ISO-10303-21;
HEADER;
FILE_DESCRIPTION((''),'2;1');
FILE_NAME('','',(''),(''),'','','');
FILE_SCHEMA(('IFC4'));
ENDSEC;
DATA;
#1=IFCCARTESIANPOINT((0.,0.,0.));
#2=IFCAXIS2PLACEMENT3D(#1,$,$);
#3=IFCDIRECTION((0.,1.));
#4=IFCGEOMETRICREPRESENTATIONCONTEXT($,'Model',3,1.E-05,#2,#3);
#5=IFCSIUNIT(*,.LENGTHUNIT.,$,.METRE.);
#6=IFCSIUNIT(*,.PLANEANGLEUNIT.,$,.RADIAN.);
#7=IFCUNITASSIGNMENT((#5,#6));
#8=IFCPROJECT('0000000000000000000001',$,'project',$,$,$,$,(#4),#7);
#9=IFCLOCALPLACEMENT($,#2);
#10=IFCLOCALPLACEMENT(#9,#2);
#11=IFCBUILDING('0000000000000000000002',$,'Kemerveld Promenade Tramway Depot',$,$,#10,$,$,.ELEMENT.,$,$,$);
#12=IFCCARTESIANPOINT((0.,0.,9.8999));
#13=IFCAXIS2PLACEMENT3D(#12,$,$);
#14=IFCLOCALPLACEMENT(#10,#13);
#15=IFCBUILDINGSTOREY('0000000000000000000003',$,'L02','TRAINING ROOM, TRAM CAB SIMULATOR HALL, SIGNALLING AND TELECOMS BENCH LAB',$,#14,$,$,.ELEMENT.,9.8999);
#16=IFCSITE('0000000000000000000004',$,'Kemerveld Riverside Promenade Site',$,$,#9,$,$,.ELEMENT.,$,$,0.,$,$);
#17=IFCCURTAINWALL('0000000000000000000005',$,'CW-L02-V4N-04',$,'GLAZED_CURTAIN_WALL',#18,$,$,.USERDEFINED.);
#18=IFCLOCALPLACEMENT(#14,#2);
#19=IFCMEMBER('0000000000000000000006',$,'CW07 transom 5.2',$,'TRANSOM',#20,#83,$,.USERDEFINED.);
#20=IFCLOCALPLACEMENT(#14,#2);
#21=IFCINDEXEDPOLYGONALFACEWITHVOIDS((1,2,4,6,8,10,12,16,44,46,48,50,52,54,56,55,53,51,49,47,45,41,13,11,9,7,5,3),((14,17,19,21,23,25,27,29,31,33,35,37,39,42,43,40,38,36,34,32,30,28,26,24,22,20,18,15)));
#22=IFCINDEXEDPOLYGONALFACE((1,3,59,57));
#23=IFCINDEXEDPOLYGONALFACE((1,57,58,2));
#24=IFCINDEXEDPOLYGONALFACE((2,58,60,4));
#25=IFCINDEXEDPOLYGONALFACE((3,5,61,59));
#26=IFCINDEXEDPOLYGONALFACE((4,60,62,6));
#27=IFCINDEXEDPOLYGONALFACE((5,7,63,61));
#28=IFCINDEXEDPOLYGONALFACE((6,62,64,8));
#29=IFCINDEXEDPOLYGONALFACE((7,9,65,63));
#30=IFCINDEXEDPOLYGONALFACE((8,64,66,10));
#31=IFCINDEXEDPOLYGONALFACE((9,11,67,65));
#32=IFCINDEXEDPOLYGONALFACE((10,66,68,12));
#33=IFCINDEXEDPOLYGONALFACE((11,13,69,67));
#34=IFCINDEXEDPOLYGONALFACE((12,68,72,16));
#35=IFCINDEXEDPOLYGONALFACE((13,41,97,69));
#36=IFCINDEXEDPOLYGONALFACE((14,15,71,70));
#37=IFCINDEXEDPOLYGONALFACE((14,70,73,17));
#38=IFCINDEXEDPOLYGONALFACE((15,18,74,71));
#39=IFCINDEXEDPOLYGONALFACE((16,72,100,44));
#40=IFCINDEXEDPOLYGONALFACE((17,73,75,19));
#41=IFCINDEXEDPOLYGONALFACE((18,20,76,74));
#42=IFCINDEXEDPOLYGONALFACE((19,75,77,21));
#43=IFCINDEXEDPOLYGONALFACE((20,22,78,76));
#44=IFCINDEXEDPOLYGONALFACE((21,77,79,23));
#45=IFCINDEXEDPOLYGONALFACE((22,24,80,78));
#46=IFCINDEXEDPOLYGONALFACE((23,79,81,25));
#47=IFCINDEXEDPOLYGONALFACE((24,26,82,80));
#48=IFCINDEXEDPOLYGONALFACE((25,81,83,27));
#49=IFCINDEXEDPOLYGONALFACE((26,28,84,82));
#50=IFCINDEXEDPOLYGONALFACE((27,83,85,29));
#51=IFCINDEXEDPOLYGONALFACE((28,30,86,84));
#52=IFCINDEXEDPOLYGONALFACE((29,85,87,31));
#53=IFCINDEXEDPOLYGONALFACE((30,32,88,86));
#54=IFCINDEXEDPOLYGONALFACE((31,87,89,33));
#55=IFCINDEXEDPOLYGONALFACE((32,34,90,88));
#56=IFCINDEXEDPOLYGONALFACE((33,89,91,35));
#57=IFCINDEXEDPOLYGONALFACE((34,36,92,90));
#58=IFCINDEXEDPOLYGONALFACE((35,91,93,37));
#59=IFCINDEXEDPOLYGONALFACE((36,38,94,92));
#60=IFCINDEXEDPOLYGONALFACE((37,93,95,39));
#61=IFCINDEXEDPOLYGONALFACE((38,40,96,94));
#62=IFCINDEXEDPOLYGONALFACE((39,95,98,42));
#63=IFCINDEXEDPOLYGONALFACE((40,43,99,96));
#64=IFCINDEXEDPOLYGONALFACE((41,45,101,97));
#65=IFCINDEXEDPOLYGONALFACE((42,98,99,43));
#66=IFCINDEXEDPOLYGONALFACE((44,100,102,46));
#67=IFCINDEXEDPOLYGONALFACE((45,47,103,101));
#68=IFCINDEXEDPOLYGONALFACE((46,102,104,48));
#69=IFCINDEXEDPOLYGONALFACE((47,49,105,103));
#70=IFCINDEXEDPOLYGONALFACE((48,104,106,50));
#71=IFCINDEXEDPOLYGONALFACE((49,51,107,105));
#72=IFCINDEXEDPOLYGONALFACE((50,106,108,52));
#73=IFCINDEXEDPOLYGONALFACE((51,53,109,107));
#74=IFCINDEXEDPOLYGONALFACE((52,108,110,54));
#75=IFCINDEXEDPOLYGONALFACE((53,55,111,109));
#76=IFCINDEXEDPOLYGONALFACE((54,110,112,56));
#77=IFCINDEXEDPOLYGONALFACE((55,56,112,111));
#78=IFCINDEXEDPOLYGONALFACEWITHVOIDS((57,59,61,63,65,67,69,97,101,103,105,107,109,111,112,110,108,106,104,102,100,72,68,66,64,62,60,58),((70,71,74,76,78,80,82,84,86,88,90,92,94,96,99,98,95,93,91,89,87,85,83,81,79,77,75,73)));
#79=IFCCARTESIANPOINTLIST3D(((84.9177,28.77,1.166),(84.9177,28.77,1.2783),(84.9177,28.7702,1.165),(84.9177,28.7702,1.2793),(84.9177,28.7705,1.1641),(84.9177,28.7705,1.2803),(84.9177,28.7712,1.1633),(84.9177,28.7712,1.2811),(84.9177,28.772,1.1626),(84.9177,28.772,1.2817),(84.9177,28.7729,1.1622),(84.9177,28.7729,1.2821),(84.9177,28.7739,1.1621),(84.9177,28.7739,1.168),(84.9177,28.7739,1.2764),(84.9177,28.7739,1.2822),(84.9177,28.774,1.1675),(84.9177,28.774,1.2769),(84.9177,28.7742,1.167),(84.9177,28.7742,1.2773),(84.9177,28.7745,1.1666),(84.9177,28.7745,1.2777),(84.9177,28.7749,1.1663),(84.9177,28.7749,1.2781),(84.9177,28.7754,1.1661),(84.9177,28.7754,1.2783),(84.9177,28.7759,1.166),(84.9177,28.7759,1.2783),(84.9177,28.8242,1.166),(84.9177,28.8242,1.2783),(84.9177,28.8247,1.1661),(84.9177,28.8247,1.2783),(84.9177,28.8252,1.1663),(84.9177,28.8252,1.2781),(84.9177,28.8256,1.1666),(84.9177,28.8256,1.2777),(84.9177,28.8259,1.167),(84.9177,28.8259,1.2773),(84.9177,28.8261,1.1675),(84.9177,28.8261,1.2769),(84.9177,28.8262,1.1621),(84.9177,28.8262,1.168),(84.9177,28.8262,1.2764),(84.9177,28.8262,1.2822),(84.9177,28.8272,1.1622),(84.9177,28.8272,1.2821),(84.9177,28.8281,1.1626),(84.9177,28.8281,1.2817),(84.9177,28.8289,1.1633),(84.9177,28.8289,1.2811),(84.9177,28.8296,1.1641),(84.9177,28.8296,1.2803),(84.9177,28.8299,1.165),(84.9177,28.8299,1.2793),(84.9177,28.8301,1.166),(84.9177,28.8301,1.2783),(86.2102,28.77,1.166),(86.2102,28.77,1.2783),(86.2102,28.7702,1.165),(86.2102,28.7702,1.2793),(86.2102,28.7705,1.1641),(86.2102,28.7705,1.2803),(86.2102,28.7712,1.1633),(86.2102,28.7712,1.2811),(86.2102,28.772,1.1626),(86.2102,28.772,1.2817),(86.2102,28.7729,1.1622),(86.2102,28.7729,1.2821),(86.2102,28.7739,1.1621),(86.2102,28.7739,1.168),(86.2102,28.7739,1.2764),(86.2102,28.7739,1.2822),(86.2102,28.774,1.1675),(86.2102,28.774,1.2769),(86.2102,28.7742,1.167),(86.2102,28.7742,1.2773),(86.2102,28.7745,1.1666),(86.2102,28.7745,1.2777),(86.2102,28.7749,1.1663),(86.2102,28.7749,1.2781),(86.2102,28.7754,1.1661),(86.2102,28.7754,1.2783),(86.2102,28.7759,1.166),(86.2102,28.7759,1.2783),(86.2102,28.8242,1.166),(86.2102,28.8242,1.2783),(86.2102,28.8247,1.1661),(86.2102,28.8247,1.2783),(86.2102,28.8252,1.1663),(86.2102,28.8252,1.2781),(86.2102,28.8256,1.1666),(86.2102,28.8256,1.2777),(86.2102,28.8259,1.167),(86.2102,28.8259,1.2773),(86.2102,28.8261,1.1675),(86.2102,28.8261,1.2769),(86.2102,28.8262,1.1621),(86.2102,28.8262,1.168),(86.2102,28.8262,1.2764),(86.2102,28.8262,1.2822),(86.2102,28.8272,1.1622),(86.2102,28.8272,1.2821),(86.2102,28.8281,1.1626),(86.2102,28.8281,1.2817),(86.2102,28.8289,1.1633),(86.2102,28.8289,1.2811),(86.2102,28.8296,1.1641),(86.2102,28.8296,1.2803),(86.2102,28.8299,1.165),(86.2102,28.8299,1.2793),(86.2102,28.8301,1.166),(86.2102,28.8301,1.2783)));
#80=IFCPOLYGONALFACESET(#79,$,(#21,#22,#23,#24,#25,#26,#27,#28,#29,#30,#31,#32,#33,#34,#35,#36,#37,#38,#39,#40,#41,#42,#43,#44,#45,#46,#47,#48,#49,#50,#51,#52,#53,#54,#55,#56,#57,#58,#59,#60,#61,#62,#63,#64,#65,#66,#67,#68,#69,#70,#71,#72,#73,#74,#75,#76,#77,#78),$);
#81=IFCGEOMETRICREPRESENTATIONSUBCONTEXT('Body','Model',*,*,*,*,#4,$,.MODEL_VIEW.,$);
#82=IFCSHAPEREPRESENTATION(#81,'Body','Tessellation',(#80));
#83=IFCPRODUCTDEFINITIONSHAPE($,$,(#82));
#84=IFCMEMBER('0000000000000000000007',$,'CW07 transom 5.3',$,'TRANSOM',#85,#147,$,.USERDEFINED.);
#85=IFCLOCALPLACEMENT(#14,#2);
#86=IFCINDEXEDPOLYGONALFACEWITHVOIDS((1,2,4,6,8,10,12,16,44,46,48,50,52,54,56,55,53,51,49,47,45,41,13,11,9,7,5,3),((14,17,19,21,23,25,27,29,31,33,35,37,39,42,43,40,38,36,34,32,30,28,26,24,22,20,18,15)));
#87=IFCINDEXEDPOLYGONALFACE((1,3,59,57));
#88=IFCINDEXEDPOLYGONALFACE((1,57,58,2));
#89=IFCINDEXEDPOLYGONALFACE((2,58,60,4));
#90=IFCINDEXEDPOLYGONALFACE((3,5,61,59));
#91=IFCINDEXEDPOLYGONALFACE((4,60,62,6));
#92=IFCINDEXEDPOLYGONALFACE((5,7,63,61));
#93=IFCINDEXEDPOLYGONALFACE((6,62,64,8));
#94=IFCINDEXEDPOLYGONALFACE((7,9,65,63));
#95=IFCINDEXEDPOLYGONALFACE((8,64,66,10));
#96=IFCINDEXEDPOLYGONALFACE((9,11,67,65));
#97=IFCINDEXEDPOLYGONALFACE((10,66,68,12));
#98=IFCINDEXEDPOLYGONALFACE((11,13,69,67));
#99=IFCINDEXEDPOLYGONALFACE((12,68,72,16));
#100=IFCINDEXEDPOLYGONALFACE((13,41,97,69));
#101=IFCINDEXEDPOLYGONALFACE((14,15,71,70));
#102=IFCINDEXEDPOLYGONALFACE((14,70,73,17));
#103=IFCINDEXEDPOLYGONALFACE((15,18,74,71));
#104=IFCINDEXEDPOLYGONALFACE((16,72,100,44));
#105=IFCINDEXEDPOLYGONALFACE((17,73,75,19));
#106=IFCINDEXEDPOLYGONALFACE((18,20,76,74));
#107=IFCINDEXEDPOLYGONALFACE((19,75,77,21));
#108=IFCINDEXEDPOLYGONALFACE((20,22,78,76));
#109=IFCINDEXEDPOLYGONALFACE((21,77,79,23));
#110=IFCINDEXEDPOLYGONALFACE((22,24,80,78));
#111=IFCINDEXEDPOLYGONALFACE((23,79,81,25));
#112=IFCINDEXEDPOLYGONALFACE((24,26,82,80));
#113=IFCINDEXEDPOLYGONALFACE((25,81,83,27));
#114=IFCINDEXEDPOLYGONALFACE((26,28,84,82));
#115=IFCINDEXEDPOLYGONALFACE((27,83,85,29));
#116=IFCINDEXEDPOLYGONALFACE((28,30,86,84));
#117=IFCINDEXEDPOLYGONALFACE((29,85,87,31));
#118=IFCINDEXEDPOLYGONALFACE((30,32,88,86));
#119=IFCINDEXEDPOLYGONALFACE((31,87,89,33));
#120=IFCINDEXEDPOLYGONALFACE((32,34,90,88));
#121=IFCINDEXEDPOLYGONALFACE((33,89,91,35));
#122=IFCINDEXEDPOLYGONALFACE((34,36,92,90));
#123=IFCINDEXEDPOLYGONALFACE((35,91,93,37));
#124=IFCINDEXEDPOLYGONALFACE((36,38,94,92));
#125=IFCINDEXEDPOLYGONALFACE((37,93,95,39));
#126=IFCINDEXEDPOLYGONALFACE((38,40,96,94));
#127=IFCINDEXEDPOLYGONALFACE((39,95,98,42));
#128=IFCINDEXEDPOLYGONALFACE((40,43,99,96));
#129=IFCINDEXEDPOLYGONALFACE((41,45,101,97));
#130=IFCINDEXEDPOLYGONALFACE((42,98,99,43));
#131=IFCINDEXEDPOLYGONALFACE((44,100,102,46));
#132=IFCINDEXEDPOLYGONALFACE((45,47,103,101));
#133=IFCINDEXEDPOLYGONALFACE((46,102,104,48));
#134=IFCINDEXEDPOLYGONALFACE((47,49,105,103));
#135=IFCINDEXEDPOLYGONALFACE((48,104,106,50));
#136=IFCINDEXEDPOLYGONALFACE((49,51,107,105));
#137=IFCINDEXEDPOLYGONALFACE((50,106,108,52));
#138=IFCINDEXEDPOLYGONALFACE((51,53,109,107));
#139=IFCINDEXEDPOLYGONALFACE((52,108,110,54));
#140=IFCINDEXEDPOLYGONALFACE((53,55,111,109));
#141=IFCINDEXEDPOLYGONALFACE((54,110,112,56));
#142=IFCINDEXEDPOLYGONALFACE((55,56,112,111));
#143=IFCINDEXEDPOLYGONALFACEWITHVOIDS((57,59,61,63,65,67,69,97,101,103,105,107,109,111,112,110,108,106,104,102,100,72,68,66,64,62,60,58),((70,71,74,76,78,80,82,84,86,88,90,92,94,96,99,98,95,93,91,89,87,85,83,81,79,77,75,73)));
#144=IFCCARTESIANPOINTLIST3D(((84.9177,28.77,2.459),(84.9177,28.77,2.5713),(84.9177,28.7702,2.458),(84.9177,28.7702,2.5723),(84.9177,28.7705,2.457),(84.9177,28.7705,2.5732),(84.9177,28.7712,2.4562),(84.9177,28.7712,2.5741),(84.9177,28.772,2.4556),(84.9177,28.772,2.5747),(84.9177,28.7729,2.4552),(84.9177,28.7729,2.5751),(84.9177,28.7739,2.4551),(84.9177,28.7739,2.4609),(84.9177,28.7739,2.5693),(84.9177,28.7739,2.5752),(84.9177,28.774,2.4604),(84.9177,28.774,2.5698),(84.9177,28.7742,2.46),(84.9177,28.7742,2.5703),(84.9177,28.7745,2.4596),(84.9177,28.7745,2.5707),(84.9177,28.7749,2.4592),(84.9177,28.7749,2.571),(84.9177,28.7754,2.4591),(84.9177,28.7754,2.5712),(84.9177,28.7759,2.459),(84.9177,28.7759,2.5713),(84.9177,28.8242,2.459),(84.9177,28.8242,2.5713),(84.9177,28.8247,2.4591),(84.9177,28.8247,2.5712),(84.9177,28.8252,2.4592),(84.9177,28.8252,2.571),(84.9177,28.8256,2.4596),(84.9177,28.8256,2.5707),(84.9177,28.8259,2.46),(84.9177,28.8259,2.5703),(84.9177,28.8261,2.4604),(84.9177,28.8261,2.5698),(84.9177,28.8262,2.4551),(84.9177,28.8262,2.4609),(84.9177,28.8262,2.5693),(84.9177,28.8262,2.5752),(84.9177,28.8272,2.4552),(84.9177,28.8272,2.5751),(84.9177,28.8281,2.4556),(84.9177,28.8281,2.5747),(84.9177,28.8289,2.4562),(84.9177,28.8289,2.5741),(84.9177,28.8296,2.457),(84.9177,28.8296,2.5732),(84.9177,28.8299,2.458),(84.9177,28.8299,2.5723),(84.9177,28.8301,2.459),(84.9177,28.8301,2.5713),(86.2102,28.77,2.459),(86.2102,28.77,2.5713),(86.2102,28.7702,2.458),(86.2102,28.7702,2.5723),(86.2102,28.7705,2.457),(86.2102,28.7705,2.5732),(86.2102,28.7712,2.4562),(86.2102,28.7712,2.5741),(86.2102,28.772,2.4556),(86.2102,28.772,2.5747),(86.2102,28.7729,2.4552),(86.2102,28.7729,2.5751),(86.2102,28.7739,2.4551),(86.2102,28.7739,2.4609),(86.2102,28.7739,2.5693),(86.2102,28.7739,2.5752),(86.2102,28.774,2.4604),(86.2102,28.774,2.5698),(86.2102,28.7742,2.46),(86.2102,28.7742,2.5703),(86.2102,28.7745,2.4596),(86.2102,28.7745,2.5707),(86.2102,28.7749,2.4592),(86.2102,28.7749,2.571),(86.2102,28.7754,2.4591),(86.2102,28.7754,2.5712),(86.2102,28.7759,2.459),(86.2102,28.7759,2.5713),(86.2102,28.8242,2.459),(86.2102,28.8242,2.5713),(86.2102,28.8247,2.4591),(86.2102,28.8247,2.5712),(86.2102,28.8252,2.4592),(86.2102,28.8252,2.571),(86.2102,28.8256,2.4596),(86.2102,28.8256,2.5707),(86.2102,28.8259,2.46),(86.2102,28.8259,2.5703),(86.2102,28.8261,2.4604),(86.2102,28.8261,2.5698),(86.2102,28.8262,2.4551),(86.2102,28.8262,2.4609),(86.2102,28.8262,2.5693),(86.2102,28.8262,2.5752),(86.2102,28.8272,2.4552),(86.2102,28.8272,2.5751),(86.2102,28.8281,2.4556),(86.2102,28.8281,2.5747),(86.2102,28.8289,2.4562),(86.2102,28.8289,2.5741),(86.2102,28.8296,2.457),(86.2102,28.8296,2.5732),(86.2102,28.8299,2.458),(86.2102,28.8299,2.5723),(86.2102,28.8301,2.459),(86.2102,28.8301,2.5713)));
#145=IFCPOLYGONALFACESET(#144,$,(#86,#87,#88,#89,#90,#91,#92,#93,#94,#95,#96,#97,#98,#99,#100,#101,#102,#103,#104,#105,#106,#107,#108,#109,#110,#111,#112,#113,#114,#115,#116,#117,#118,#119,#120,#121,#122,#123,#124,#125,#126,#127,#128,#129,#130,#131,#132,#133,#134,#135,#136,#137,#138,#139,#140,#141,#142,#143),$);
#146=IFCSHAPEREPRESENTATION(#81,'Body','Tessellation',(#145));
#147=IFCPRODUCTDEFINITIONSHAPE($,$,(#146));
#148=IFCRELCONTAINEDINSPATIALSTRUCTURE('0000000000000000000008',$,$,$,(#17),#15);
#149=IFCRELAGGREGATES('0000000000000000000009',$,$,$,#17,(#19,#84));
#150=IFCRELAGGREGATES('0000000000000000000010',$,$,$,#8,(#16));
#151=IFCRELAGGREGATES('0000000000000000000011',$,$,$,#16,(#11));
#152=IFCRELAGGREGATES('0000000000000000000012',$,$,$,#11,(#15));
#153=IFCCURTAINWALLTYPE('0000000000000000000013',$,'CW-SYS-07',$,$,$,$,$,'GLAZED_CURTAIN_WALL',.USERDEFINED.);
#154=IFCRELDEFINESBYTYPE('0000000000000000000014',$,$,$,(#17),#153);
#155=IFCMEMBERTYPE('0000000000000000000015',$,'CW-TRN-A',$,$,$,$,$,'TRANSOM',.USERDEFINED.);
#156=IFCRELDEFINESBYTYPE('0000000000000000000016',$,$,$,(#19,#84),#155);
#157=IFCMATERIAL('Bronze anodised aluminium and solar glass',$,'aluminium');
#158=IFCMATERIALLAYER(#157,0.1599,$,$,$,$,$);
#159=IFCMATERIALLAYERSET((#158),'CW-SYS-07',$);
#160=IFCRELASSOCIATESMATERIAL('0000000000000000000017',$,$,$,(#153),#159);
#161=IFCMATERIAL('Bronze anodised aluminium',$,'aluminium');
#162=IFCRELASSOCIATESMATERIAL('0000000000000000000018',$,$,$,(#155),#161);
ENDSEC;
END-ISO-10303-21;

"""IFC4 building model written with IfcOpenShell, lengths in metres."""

from ifc_helpers import new_model, si_unit, direction, frame, origin, origin_2d, place, context, subcontext, project, spatial, hollow_rectangle, extrude, material, layer, layer_set, material_profile, profile_set, type_object, element, aggregate, save


model = new_model("IFC4")

# Units and contexts
model_context = context("Model", 3, precision=1e-05, world=origin(), true_north=direction((0.0, 1.0)))
body_context = subcontext(model_context, "Body", "Model", "MODEL_VIEW")
ifc_project = project(units=[si_unit("LENGTHUNIT", "METRE"), si_unit("PLANEANGLEUNIT", "RADIAN")], contexts=[model_context])

# Site, building, storey
site_placement = place(None, origin())
site = spatial("IfcSite", under=ifc_project, at=site_placement, Name="Kemerveld Riverside Promenade Site", CompositionType="ELEMENT", RefElevation=0.0)
building_placement = place(site_placement, origin())
building = spatial("IfcBuilding", under=site, at=building_placement, Name="Kemerveld Promenade Tramway Depot", CompositionType="ELEMENT")
storey_placement = place(building_placement, frame((0.0, 0.0, 9.8999)))
storey = spatial("IfcBuildingStorey", under=building, at=storey_placement, Name="L02", Description="TRAINING ROOM, TRAM CAB SIMULATOR HALL, SIGNALLING AND TELECOMS BENCH LAB", CompositionType="ELEMENT", Elevation=9.8999)

# Curtain wall, members
ifc_material_1 = material(Name="Bronze anodised aluminium and solar glass", Category="aluminium")
ifc_layer_1 = layer(ifc_material_1, 0.1599)
ifc_layer_set_1 = layer_set([ifc_layer_1], Name="CW-SYS-07")
curtain_wall_type = type_object("IfcCurtainWallType", Name="CW-SYS-07", ElementType="GLAZED_CURTAIN_WALL", PredefinedType="USERDEFINED", material=ifc_layer_set_1)
curtain_wall_placement = place(storey_placement, origin())
curtain_wall = element("IfcCurtainWall", 1, at=curtain_wall_placement, inside=storey, type_object=curtain_wall_type, Name="CW-L02-V4N-04", ObjectType="GLAZED_CURTAIN_WALL", PredefinedType="USERDEFINED")
ifc_material_2 = material(Name="Bronze anodised aluminium", Category="aluminium")
ifc_material_profile_1 = material_profile(ifc_material_2, hollow_rectangle(XDim=0.0601, YDim=0.1201, WallThickness=0.0039, InnerFilletRadius=0.002, OuterFilletRadius=0.0039, at=origin_2d()), Name="CW-TRN-120x60")
ifc_profile_set_1 = profile_set([ifc_material_profile_1], Name="Bronze anodised aluminium")
member_type_1 = type_object("IfcMemberType", Name="CW-TRN-A", ElementType="TRANSOM", PredefinedType="USERDEFINED", material=ifc_profile_set_1)
member_1_placement = place(storey_placement, frame((84.9177, 28.8, 1.2222), z_axis=(1.0, 0.0, 0.0), x_axis=(0.0, 1.0, 0.0)))
member_1 = element("IfcMember", 2, at=member_1_placement, type_object=member_type_1, Name="CW07 transom 5.2", ObjectType="TRANSOM", PredefinedType="USERDEFINED", context=body_context, shape_type="SweptSolid", body=[
    extrude(hollow_rectangle(XDim=0.0601, YDim=0.1201, WallThickness=0.0039, InnerFilletRadius=0.002, OuterFilletRadius=0.0039, at=origin_2d()), origin(), (0.0, 0.0, 1.0), 1.2925),
])
member_2_placement = place(storey_placement, frame((84.9177, 28.8, 2.5151), z_axis=(1.0, 0.0, 0.0), x_axis=(0.0, 1.0, 0.0)))
member_2 = element("IfcMember", 3, at=member_2_placement, type_object=member_type_1, Name="CW07 transom 5.3", ObjectType="TRANSOM", PredefinedType="USERDEFINED", context=body_context, shape_type="SweptSolid", body=[
    extrude(hollow_rectangle(XDim=0.0601, YDim=0.1201, WallThickness=0.0039, InnerFilletRadius=0.002, OuterFilletRadius=0.0039, at=origin_2d()), origin(), (0.0, 0.0, 1.0), 1.2925),
])

aggregate(curtain_wall, [member_1, member_2])

save(model, "model.ifc")
